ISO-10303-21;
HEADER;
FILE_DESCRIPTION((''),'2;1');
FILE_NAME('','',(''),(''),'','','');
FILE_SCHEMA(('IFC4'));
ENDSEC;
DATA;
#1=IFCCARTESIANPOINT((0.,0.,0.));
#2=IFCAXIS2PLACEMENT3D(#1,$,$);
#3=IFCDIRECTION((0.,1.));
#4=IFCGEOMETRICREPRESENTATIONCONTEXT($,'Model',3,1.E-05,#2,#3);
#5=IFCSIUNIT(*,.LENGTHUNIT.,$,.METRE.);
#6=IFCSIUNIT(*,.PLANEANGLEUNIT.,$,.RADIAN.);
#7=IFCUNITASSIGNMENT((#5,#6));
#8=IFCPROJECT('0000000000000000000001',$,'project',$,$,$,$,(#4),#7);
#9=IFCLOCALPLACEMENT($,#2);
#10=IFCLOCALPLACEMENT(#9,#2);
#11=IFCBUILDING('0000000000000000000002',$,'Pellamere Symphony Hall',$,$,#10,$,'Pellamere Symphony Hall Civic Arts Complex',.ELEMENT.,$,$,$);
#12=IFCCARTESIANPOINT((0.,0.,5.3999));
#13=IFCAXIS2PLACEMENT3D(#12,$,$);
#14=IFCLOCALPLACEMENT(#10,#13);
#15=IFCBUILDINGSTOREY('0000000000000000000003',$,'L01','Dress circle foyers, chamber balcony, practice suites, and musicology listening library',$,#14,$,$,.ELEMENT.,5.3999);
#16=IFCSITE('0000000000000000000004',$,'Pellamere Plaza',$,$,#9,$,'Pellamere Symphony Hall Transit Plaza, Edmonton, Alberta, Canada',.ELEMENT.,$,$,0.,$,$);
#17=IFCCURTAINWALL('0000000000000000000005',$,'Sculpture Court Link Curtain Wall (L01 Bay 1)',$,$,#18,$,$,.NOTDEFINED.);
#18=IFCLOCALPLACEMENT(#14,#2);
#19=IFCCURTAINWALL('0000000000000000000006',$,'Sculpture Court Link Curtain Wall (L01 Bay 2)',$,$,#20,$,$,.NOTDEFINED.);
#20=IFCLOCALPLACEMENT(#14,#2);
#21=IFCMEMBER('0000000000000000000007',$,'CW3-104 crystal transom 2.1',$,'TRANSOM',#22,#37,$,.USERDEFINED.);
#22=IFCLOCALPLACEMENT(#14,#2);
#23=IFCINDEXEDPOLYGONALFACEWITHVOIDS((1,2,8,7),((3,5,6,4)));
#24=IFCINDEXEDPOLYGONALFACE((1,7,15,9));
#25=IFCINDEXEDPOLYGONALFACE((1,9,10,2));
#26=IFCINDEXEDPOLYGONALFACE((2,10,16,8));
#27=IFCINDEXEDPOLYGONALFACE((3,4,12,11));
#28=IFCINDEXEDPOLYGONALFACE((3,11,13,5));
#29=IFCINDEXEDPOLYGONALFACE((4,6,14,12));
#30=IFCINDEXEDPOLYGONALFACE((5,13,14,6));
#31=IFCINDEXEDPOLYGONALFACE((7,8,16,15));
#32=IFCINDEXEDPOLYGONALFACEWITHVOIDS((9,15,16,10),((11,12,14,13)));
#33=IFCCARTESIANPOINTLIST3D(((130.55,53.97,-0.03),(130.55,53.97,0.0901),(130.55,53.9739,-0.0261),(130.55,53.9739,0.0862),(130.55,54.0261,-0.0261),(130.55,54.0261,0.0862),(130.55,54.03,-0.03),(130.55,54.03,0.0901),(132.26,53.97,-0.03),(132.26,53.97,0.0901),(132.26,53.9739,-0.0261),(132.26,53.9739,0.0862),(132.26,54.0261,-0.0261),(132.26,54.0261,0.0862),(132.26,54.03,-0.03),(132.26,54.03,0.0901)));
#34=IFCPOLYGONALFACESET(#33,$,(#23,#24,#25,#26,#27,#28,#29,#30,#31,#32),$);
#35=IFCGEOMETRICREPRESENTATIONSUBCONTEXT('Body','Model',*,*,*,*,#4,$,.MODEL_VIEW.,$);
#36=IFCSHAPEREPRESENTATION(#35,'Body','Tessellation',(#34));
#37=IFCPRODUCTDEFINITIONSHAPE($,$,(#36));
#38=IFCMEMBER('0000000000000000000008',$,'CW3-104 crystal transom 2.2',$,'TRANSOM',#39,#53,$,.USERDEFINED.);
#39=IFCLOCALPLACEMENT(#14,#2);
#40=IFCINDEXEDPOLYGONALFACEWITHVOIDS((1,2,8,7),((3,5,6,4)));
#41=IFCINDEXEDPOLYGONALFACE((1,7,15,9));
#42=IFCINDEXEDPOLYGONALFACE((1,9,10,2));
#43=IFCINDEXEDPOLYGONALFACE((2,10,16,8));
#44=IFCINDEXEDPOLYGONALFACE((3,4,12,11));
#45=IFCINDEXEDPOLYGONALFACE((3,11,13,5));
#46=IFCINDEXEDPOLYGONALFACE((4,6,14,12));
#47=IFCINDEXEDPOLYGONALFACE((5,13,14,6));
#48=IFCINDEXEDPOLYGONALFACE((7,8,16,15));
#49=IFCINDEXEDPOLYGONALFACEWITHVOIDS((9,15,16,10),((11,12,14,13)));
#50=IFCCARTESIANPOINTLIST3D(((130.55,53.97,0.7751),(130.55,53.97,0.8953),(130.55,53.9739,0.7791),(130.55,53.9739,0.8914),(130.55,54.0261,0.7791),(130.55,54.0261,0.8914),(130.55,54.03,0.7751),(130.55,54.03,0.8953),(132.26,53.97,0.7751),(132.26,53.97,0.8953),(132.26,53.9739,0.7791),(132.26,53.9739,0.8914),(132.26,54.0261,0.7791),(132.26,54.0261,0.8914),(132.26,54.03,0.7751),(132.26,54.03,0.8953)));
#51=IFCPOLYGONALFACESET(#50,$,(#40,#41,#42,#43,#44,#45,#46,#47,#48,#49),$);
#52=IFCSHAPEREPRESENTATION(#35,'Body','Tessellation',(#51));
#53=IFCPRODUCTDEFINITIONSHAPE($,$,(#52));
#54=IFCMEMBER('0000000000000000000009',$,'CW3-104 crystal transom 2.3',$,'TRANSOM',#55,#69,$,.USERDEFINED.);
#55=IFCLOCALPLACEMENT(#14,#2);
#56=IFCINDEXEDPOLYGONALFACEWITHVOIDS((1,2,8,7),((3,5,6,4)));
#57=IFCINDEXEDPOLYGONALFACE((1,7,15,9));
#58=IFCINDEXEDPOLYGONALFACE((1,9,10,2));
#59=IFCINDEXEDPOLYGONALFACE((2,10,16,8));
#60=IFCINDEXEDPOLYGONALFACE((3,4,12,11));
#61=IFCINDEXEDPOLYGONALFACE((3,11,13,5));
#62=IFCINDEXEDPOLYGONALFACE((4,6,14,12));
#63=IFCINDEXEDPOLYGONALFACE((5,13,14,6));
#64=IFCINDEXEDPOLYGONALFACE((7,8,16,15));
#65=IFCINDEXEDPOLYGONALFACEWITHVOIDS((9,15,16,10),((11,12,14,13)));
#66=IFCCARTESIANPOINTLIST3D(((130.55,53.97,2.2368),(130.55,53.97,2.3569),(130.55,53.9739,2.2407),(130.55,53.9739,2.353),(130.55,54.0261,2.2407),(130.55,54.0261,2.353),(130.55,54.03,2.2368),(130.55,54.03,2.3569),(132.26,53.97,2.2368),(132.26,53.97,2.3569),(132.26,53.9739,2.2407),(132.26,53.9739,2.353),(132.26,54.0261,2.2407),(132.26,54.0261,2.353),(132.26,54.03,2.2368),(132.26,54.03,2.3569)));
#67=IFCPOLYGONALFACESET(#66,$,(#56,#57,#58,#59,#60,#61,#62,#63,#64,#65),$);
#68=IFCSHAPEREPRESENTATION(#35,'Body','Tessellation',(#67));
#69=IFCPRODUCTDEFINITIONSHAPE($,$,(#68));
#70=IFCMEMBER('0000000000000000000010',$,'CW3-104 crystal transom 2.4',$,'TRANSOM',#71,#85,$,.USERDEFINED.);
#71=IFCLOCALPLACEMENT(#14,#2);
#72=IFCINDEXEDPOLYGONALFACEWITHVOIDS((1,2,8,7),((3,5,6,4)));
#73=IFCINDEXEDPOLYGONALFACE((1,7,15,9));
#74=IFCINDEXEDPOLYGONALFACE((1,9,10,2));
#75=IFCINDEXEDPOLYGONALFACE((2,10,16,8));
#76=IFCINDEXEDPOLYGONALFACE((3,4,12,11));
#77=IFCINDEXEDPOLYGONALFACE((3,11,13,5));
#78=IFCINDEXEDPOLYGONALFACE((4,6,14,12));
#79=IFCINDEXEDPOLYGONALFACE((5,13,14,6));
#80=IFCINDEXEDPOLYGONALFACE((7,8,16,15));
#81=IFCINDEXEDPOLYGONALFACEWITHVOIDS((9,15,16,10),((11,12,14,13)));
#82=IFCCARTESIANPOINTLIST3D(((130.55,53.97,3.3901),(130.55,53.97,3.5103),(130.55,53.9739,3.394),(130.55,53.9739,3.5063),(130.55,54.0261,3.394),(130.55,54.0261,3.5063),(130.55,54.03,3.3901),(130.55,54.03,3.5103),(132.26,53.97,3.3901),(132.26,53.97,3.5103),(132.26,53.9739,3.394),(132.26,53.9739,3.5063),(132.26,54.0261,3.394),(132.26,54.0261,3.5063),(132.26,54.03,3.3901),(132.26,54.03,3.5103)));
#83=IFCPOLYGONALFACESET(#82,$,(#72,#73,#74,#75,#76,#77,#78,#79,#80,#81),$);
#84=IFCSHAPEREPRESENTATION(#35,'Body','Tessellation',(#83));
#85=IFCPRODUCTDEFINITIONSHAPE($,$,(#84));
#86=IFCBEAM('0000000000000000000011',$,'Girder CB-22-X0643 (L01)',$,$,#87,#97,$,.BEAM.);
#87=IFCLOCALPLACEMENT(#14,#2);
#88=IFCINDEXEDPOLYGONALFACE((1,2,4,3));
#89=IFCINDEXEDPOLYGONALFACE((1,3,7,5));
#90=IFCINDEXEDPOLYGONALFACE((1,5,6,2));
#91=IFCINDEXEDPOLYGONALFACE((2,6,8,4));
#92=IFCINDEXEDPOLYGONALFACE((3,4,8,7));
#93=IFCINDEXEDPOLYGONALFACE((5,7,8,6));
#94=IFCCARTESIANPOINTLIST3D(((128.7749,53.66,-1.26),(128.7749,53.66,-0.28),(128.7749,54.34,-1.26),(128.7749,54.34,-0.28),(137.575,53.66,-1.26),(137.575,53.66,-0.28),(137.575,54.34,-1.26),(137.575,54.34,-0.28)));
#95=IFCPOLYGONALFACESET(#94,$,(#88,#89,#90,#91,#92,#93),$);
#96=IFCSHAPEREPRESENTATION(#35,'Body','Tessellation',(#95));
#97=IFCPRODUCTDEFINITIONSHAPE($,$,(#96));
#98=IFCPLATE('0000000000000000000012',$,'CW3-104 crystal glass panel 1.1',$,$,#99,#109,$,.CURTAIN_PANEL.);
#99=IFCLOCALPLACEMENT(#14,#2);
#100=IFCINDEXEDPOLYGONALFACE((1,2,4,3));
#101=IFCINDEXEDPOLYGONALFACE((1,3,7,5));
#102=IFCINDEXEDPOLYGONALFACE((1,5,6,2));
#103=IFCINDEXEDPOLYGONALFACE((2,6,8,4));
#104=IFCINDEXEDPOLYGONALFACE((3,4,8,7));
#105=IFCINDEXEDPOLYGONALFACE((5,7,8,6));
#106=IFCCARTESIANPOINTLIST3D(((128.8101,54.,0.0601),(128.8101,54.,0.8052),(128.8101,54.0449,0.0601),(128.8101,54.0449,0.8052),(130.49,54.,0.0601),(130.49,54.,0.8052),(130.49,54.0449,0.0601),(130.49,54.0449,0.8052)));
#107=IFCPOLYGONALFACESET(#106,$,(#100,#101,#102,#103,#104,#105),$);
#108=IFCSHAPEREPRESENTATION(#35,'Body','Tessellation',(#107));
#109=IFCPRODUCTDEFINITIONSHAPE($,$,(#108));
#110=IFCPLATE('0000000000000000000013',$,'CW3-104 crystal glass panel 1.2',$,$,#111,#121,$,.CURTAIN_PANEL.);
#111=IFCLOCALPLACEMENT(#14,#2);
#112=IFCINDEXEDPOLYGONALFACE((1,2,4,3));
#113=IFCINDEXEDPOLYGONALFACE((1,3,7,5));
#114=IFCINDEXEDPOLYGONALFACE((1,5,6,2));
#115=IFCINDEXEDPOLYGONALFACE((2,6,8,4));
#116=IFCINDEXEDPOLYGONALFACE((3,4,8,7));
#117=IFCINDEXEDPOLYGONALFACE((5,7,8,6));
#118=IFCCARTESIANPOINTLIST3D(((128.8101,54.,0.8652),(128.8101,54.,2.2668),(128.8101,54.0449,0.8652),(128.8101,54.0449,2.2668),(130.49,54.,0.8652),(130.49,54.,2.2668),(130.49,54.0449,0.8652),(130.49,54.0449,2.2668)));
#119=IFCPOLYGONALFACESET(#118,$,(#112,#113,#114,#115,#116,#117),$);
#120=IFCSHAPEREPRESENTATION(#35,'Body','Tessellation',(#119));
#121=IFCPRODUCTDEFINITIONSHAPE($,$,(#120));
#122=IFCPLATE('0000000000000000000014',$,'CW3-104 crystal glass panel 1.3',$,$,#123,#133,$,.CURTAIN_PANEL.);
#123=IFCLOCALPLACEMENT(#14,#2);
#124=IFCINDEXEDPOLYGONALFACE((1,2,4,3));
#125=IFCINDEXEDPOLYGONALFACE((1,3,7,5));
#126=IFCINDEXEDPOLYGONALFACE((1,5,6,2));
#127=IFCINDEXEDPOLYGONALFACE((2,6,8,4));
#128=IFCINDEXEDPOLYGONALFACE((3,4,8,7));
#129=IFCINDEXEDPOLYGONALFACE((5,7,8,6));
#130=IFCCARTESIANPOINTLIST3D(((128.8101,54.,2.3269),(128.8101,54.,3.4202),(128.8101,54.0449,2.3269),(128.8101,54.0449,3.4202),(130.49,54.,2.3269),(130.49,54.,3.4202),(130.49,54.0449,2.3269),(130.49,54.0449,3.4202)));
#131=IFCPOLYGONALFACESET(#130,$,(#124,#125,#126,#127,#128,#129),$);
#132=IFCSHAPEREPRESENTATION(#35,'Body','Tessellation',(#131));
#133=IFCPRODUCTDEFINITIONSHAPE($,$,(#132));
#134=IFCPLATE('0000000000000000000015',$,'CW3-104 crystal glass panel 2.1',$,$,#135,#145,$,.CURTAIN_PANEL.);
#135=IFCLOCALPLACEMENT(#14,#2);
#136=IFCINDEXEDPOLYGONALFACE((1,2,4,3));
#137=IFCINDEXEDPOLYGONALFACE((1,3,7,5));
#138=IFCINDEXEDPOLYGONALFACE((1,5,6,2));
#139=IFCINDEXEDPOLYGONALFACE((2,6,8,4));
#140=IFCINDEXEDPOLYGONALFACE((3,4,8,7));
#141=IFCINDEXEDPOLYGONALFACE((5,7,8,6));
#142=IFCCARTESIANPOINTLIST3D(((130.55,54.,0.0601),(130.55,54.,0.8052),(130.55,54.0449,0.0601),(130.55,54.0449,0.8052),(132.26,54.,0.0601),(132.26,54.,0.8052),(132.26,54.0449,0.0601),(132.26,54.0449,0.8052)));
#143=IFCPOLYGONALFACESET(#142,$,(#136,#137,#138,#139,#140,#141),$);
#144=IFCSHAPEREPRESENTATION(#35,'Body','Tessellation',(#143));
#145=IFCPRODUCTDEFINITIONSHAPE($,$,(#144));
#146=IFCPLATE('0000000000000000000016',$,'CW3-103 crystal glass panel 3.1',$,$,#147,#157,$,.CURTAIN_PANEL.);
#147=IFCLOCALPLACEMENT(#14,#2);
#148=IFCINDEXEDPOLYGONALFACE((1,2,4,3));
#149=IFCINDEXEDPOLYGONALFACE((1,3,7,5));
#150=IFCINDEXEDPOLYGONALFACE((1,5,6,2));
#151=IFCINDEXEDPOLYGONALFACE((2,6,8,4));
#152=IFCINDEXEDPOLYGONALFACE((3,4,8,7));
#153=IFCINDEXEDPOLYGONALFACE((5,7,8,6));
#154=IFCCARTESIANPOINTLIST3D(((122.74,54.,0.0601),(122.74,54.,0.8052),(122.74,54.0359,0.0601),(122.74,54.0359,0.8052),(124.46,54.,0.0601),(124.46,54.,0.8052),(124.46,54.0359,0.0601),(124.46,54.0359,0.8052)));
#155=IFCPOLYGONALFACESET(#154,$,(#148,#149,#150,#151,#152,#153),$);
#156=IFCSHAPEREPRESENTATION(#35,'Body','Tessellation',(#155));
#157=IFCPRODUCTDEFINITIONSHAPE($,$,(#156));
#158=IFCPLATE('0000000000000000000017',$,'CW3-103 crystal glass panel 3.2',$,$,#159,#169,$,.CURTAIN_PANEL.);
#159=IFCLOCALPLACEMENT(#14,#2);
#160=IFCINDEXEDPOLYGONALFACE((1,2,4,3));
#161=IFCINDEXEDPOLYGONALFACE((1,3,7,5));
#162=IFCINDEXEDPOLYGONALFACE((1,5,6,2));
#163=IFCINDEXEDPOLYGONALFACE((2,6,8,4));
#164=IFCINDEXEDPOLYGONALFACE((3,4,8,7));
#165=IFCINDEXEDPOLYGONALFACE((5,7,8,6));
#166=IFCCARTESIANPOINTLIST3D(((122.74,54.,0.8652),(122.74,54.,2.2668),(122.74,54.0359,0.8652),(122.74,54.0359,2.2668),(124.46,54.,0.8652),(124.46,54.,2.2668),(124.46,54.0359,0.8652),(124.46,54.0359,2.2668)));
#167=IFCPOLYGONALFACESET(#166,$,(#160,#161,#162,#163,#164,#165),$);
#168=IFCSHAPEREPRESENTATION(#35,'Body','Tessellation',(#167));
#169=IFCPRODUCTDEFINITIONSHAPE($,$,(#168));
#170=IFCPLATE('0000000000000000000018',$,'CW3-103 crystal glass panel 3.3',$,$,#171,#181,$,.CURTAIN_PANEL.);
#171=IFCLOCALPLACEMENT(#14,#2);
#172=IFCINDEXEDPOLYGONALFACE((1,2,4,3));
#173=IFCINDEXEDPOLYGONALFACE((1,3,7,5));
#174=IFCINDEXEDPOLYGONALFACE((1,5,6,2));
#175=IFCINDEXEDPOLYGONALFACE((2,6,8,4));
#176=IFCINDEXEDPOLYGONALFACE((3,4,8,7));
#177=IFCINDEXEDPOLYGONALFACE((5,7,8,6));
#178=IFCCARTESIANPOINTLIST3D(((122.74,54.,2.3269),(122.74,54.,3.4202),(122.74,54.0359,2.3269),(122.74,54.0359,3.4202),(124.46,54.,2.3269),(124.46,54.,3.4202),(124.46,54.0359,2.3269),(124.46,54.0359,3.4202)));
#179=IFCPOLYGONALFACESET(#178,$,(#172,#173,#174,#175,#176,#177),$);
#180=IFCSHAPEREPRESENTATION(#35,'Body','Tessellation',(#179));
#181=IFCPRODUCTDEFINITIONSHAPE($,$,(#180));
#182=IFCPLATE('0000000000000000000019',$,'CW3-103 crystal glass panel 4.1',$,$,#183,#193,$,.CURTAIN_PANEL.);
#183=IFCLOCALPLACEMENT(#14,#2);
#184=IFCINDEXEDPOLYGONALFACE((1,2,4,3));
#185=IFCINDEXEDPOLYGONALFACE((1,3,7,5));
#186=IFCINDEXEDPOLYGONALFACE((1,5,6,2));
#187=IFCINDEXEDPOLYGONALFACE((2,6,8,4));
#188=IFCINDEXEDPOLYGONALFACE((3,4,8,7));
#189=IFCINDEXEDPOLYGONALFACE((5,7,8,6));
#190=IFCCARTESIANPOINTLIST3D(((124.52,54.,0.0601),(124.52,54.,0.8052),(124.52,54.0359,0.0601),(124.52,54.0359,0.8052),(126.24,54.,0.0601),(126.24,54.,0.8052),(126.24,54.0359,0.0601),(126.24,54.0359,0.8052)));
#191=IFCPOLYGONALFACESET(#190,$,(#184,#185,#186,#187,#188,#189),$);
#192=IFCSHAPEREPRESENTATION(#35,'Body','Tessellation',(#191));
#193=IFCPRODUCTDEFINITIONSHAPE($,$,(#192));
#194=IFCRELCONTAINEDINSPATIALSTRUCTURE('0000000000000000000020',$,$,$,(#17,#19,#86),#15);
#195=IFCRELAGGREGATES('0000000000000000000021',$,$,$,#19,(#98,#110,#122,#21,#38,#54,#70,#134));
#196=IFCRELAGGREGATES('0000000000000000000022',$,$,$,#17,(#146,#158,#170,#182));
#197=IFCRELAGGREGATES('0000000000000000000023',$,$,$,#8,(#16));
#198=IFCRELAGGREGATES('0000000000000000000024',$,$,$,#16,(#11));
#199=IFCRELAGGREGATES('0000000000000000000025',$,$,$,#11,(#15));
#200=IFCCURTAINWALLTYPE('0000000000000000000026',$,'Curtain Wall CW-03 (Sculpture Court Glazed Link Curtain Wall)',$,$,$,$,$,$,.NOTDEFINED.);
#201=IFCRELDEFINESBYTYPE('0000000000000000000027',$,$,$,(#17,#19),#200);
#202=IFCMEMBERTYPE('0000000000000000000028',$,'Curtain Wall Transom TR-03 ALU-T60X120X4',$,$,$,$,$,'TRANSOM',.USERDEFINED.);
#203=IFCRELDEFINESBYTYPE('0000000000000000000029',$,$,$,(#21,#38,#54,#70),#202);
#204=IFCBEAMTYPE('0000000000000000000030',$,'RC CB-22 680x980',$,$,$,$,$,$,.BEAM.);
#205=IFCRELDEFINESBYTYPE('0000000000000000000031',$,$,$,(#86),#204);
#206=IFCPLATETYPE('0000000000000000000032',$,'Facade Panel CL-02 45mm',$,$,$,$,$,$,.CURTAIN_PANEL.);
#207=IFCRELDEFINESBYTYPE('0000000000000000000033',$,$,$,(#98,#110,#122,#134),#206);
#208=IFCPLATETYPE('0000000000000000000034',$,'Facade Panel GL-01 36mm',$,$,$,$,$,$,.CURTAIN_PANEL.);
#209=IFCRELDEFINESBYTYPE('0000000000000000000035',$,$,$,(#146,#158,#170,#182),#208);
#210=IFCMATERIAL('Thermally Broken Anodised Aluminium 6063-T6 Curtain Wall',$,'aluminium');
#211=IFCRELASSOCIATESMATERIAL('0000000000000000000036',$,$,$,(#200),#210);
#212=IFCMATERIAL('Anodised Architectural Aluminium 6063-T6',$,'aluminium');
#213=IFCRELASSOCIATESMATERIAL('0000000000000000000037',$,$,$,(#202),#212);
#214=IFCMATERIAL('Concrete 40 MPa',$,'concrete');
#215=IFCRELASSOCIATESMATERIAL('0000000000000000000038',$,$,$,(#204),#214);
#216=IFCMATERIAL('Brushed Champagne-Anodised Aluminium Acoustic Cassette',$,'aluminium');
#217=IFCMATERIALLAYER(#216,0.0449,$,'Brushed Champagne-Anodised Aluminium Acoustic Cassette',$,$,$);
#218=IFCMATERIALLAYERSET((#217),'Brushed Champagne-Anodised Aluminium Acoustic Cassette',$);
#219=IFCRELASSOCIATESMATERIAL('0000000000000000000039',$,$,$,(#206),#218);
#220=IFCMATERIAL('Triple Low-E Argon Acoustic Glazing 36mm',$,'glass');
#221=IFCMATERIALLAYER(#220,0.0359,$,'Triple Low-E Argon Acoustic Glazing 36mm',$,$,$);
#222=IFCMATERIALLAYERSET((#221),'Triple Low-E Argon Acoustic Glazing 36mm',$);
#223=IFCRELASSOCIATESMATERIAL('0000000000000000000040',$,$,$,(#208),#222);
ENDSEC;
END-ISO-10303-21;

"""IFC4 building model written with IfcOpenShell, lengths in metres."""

from ifc_helpers import new_model, si_unit, direction, frame, origin, origin_2d, place, context, subcontext, project, spatial, polyline, rectangle, hollow_rectangle, outline, extrude, material, layer, layer_set, material_profile, profile_set, type_object, element, aggregate, save


model = new_model("IFC4")

# Units and contexts
model_context = context("Model", 3, precision=1e-05, world=origin(), true_north=direction((0.0, 1.0)))
body_context = subcontext(model_context, "Body", "Model", "MODEL_VIEW")
ifc_project = project(units=[si_unit("LENGTHUNIT", "METRE"), si_unit("PLANEANGLEUNIT", "RADIAN")], contexts=[model_context])

# Site, building, storey
site_placement = place(None, origin())
site = spatial("IfcSite", under=ifc_project, at=site_placement, Name="Pellamere Plaza", LongName="Pellamere Symphony Hall Transit Plaza, Edmonton, Alberta, Canada", CompositionType="ELEMENT", RefElevation=0.0)
building_placement = place(site_placement, origin())
building = spatial("IfcBuilding", under=site, at=building_placement, Name="Pellamere Symphony Hall", LongName="Pellamere Symphony Hall Civic Arts Complex", CompositionType="ELEMENT")
storey_placement = place(building_placement, frame((0.0, 0.0, 5.3999)))
storey = spatial("IfcBuildingStorey", under=building, at=storey_placement, Name="L01", Description="Dress circle foyers, chamber balcony, practice suites, and musicology listening library", CompositionType="ELEMENT", Elevation=5.3999)

# Shared definitions
ifc_material_1 = material(Name="Concrete 40 MPa", Category="concrete")

# Curtain walls
ifc_material_2 = material(Name="Thermally Broken Anodised Aluminium 6063-T6 Curtain Wall", Category="aluminium")
curtain_wall_type = type_object("IfcCurtainWallType", Name="Curtain Wall CW-03 (Sculpture Court Glazed Link Curtain Wall)", PredefinedType="NOTDEFINED", material=ifc_material_2)
curtain_wall_1_placement = place(storey_placement, origin())
curtain_wall_1 = element("IfcCurtainWall", 1, at=curtain_wall_1_placement, inside=storey, type_object=curtain_wall_type, Name="Sculpture Court Link Curtain Wall (L01 Bay 1)", PredefinedType="NOTDEFINED")
ifc_material_3 = material(Name="Anodised Architectural Aluminium 6063-T6", Category="aluminium")
curtain_wall_2_placement = place(storey_placement, origin())
curtain_wall_2 = element("IfcCurtainWall", 2, at=curtain_wall_2_placement, inside=storey, type_object=curtain_wall_type, Name="Sculpture Court Link Curtain Wall (L01 Bay 2)", PredefinedType="NOTDEFINED")

# Members
ifc_material_profile_1 = material_profile(ifc_material_3, hollow_rectangle(XDim=0.0601, YDim=0.1201, WallThickness=0.0039, at=origin_2d()), Name="ALU-T60X120X4")
ifc_profile_set_1 = profile_set([ifc_material_profile_1], Name="Anodised Architectural Aluminium 6063-T6")
member_type_1 = type_object("IfcMemberType", Name="Curtain Wall Transom TR-03 ALU-T60X120X4", ElementType="TRANSOM", PredefinedType="USERDEFINED", material=ifc_profile_set_1)
member_1_placement = place(storey_placement, frame((130.55, 54.0, 0.03), z_axis=(1.0, 0.0, 0.0), x_axis=(0.0, 1.0, 0.0)))
member_1 = element("IfcMember", 3, at=member_1_placement, type_object=member_type_1, Name="CW3-104 crystal transom 2.1", ObjectType="TRANSOM", PredefinedType="USERDEFINED", context=body_context, shape_type="SweptSolid", body=[
    extrude(hollow_rectangle(XDim=0.0601, YDim=0.1201, WallThickness=0.0039, at=origin_2d()), origin(), (0.0, 0.0, 1.0), 1.71),
])
member_2_placement = place(storey_placement, frame((130.55, 54.0, 0.8352), z_axis=(1.0, 0.0, 0.0), x_axis=(0.0, 1.0, 0.0)))
member_2 = element("IfcMember", 4, at=member_2_placement, type_object=member_type_1, Name="CW3-104 crystal transom 2.2", ObjectType="TRANSOM", PredefinedType="USERDEFINED", context=body_context, shape_type="SweptSolid", body=[
    extrude(hollow_rectangle(XDim=0.0601, YDim=0.1201, WallThickness=0.0039, at=origin_2d()), origin(), (0.0, 0.0, 1.0), 1.71),
])
member_3_placement = place(storey_placement, frame((130.55, 54.0, 2.2969), z_axis=(1.0, 0.0, 0.0), x_axis=(0.0, 1.0, 0.0)))
member_3 = element("IfcMember", 5, at=member_3_placement, type_object=member_type_1, Name="CW3-104 crystal transom 2.3", ObjectType="TRANSOM", PredefinedType="USERDEFINED", context=body_context, shape_type="SweptSolid", body=[
    extrude(hollow_rectangle(XDim=0.0601, YDim=0.1201, WallThickness=0.0039, at=origin_2d()), origin(), (0.0, 0.0, 1.0), 1.71),
])
member_4_placement = place(storey_placement, frame((130.55, 54.0, 3.4502), z_axis=(1.0, 0.0, 0.0), x_axis=(0.0, 1.0, 0.0)))
member_4 = element("IfcMember", 6, at=member_4_placement, type_object=member_type_1, Name="CW3-104 crystal transom 2.4", ObjectType="TRANSOM", PredefinedType="USERDEFINED", context=body_context, shape_type="SweptSolid", body=[
    extrude(hollow_rectangle(XDim=0.0601, YDim=0.1201, WallThickness=0.0039, at=origin_2d()), origin(), (0.0, 0.0, 1.0), 1.71),
])

# Beam
ifc_material_profile_2 = material_profile(ifc_material_1, rectangle(XDim=0.6799, YDim=0.98, at=origin_2d()), Name="RC 680x980")
ifc_profile_set_2 = profile_set([ifc_material_profile_2], Name="Concrete 40 MPa")
beam_type = type_object("IfcBeamType", Name="RC CB-22 680x980", PredefinedType="BEAM", material=ifc_profile_set_2)
beam_placement = place(storey_placement, frame((128.7749, 54.0, -0.77), z_axis=(1.0, 0.0, 0.0), x_axis=(0.0, 1.0, 0.0)))
element("IfcBeam", 7, at=beam_placement, inside=storey, type_object=beam_type, Name="Girder CB-22-X0643 (L01)", PredefinedType="BEAM", context=body_context, shape_type="SweptSolid", body=[
    extrude(rectangle(XDim=0.6799, YDim=0.98, at=origin_2d()), origin(), (0.0, 0.0, 1.0), 8.8),
])

# Plates
ifc_material_4 = material(Name="Brushed Champagne-Anodised Aluminium Acoustic Cassette", Category="aluminium")
ifc_layer_1 = layer(ifc_material_4, 0.0449, Name="Brushed Champagne-Anodised Aluminium Acoustic Cassette")
ifc_layer_set_1 = layer_set([ifc_layer_1], Name="Brushed Champagne-Anodised Aluminium Acoustic Cassette")
plate_type_1 = type_object("IfcPlateType", Name="Facade Panel CL-02 45mm", PredefinedType="CURTAIN_PANEL", material=ifc_layer_set_1)
plate_1_placement = place(storey_placement, frame((128.8101, 54.0, 0.0601), z_axis=(0.0, -1.0, 0.0), x_axis=(1.0, 0.0, 0.0)))
plate_1 = element("IfcPlate", 8, at=plate_1_placement, type_object=plate_type_1, Name="CW3-104 crystal glass panel 1.1", PredefinedType="CURTAIN_PANEL", context=body_context, shape_type="SweptSolid", body=[
    extrude(outline(polyline([(0.0, 0.0), (1.6799, 0.0), (1.6799, 0.7451), (0.0, 0.7451), (0.0, 0.0)])), origin(), (0.0, 0.0, -1.0), 0.0449),
])
plate_2_placement = place(storey_placement, frame((128.8101, 54.0, 0.8652), z_axis=(0.0, -1.0, 0.0), x_axis=(1.0, 0.0, 0.0)))
plate_2 = element("IfcPlate", 9, at=plate_2_placement, type_object=plate_type_1, Name="CW3-104 crystal glass panel 1.2", PredefinedType="CURTAIN_PANEL", context=body_context, shape_type="SweptSolid", body=[
    extrude(outline(polyline([(0.0, 0.0), (1.6799, 0.0), (1.6799, 1.4016), (0.0, 1.4016), (0.0, 0.0)])), origin(), (0.0, 0.0, -1.0), 0.0449),
])
plate_3_placement = place(storey_placement, frame((128.8101, 54.0, 2.3269), z_axis=(0.0, -1.0, 0.0), x_axis=(1.0, 0.0, 0.0)))
plate_3 = element("IfcPlate", 10, at=plate_3_placement, type_object=plate_type_1, Name="CW3-104 crystal glass panel 1.3", PredefinedType="CURTAIN_PANEL", context=body_context, shape_type="SweptSolid", body=[
    extrude(outline(polyline([(0.0, 0.0), (1.6799, 0.0), (1.6799, 1.0933), (0.0, 1.0933), (0.0, 0.0)])), origin(), (0.0, 0.0, -1.0), 0.0449),
])
plate_4_placement = place(storey_placement, frame((130.55, 54.0, 0.0601), z_axis=(0.0, -1.0, 0.0), x_axis=(1.0, 0.0, 0.0)))
plate_4 = element("IfcPlate", 11, at=plate_4_placement, type_object=plate_type_1, Name="CW3-104 crystal glass panel 2.1", PredefinedType="CURTAIN_PANEL", context=body_context, shape_type="SweptSolid", body=[
    extrude(outline(polyline([(0.0, 0.0), (1.71, 0.0), (1.71, 0.7451), (0.0, 0.7451), (0.0, 0.0)])), origin(), (0.0, 0.0, -1.0), 0.0449),
])
aggregate(curtain_wall_2, [plate_1, plate_2, plate_3, member_1, member_2, member_3, member_4, plate_4])
ifc_material_5 = material(Name="Triple Low-E Argon Acoustic Glazing 36mm", Category="glass")
ifc_layer_2 = layer(ifc_material_5, 0.0359, Name="Triple Low-E Argon Acoustic Glazing 36mm")
ifc_layer_set_2 = layer_set([ifc_layer_2], Name="Triple Low-E Argon Acoustic Glazing 36mm")
plate_type_2 = type_object("IfcPlateType", Name="Facade Panel GL-01 36mm", PredefinedType="CURTAIN_PANEL", material=ifc_layer_set_2)
plate_5_placement = place(storey_placement, frame((122.74, 54.0, 0.0601), z_axis=(0.0, -1.0, 0.0), x_axis=(1.0, 0.0, 0.0)))
plate_5 = element("IfcPlate", 12, at=plate_5_placement, type_object=plate_type_2, Name="CW3-103 crystal glass panel 3.1", PredefinedType="CURTAIN_PANEL", context=body_context, shape_type="SweptSolid", body=[
    extrude(outline(polyline([(0.0, 0.0), (1.72, 0.0), (1.72, 0.7451), (0.0, 0.7451), (0.0, 0.0)])), origin(), (0.0, 0.0, -1.0), 0.0359),
])
plate_6_placement = place(storey_placement, frame((122.74, 54.0, 0.8652), z_axis=(0.0, -1.0, 0.0), x_axis=(1.0, 0.0, 0.0)))
plate_6 = element("IfcPlate", 13, at=plate_6_placement, type_object=plate_type_2, Name="CW3-103 crystal glass panel 3.2", PredefinedType="CURTAIN_PANEL", context=body_context, shape_type="SweptSolid", body=[
    extrude(outline(polyline([(0.0, 0.0), (1.72, 0.0), (1.72, 1.4016), (0.0, 1.4016), (0.0, 0.0)])), origin(), (0.0, 0.0, -1.0), 0.0359),
])
plate_7_placement = place(storey_placement, frame((122.74, 54.0, 2.3269), z_axis=(0.0, -1.0, 0.0), x_axis=(1.0, 0.0, 0.0)))
plate_7 = element("IfcPlate", 14, at=plate_7_placement, type_object=plate_type_2, Name="CW3-103 crystal glass panel 3.3", PredefinedType="CURTAIN_PANEL", context=body_context, shape_type="SweptSolid", body=[
    extrude(outline(polyline([(0.0, 0.0), (1.72, 0.0), (1.72, 1.0933), (0.0, 1.0933), (0.0, 0.0)])), origin(), (0.0, 0.0, -1.0), 0.0359),
])
plate_8_placement = place(storey_placement, frame((124.52, 54.0, 0.0601), z_axis=(0.0, -1.0, 0.0), x_axis=(1.0, 0.0, 0.0)))
plate_8 = element("IfcPlate", 15, at=plate_8_placement, type_object=plate_type_2, Name="CW3-103 crystal glass panel 4.1", PredefinedType="CURTAIN_PANEL", context=body_context, shape_type="SweptSolid", body=[
    extrude(outline(polyline([(0.0, 0.0), (1.72, 0.0), (1.72, 0.7451), (0.0, 0.7451), (0.0, 0.0)])), origin(), (0.0, 0.0, -1.0), 0.0359),
])
aggregate(curtain_wall_1, [plate_5, plate_6, plate_7, plate_8])

save(model, "model.ifc")
